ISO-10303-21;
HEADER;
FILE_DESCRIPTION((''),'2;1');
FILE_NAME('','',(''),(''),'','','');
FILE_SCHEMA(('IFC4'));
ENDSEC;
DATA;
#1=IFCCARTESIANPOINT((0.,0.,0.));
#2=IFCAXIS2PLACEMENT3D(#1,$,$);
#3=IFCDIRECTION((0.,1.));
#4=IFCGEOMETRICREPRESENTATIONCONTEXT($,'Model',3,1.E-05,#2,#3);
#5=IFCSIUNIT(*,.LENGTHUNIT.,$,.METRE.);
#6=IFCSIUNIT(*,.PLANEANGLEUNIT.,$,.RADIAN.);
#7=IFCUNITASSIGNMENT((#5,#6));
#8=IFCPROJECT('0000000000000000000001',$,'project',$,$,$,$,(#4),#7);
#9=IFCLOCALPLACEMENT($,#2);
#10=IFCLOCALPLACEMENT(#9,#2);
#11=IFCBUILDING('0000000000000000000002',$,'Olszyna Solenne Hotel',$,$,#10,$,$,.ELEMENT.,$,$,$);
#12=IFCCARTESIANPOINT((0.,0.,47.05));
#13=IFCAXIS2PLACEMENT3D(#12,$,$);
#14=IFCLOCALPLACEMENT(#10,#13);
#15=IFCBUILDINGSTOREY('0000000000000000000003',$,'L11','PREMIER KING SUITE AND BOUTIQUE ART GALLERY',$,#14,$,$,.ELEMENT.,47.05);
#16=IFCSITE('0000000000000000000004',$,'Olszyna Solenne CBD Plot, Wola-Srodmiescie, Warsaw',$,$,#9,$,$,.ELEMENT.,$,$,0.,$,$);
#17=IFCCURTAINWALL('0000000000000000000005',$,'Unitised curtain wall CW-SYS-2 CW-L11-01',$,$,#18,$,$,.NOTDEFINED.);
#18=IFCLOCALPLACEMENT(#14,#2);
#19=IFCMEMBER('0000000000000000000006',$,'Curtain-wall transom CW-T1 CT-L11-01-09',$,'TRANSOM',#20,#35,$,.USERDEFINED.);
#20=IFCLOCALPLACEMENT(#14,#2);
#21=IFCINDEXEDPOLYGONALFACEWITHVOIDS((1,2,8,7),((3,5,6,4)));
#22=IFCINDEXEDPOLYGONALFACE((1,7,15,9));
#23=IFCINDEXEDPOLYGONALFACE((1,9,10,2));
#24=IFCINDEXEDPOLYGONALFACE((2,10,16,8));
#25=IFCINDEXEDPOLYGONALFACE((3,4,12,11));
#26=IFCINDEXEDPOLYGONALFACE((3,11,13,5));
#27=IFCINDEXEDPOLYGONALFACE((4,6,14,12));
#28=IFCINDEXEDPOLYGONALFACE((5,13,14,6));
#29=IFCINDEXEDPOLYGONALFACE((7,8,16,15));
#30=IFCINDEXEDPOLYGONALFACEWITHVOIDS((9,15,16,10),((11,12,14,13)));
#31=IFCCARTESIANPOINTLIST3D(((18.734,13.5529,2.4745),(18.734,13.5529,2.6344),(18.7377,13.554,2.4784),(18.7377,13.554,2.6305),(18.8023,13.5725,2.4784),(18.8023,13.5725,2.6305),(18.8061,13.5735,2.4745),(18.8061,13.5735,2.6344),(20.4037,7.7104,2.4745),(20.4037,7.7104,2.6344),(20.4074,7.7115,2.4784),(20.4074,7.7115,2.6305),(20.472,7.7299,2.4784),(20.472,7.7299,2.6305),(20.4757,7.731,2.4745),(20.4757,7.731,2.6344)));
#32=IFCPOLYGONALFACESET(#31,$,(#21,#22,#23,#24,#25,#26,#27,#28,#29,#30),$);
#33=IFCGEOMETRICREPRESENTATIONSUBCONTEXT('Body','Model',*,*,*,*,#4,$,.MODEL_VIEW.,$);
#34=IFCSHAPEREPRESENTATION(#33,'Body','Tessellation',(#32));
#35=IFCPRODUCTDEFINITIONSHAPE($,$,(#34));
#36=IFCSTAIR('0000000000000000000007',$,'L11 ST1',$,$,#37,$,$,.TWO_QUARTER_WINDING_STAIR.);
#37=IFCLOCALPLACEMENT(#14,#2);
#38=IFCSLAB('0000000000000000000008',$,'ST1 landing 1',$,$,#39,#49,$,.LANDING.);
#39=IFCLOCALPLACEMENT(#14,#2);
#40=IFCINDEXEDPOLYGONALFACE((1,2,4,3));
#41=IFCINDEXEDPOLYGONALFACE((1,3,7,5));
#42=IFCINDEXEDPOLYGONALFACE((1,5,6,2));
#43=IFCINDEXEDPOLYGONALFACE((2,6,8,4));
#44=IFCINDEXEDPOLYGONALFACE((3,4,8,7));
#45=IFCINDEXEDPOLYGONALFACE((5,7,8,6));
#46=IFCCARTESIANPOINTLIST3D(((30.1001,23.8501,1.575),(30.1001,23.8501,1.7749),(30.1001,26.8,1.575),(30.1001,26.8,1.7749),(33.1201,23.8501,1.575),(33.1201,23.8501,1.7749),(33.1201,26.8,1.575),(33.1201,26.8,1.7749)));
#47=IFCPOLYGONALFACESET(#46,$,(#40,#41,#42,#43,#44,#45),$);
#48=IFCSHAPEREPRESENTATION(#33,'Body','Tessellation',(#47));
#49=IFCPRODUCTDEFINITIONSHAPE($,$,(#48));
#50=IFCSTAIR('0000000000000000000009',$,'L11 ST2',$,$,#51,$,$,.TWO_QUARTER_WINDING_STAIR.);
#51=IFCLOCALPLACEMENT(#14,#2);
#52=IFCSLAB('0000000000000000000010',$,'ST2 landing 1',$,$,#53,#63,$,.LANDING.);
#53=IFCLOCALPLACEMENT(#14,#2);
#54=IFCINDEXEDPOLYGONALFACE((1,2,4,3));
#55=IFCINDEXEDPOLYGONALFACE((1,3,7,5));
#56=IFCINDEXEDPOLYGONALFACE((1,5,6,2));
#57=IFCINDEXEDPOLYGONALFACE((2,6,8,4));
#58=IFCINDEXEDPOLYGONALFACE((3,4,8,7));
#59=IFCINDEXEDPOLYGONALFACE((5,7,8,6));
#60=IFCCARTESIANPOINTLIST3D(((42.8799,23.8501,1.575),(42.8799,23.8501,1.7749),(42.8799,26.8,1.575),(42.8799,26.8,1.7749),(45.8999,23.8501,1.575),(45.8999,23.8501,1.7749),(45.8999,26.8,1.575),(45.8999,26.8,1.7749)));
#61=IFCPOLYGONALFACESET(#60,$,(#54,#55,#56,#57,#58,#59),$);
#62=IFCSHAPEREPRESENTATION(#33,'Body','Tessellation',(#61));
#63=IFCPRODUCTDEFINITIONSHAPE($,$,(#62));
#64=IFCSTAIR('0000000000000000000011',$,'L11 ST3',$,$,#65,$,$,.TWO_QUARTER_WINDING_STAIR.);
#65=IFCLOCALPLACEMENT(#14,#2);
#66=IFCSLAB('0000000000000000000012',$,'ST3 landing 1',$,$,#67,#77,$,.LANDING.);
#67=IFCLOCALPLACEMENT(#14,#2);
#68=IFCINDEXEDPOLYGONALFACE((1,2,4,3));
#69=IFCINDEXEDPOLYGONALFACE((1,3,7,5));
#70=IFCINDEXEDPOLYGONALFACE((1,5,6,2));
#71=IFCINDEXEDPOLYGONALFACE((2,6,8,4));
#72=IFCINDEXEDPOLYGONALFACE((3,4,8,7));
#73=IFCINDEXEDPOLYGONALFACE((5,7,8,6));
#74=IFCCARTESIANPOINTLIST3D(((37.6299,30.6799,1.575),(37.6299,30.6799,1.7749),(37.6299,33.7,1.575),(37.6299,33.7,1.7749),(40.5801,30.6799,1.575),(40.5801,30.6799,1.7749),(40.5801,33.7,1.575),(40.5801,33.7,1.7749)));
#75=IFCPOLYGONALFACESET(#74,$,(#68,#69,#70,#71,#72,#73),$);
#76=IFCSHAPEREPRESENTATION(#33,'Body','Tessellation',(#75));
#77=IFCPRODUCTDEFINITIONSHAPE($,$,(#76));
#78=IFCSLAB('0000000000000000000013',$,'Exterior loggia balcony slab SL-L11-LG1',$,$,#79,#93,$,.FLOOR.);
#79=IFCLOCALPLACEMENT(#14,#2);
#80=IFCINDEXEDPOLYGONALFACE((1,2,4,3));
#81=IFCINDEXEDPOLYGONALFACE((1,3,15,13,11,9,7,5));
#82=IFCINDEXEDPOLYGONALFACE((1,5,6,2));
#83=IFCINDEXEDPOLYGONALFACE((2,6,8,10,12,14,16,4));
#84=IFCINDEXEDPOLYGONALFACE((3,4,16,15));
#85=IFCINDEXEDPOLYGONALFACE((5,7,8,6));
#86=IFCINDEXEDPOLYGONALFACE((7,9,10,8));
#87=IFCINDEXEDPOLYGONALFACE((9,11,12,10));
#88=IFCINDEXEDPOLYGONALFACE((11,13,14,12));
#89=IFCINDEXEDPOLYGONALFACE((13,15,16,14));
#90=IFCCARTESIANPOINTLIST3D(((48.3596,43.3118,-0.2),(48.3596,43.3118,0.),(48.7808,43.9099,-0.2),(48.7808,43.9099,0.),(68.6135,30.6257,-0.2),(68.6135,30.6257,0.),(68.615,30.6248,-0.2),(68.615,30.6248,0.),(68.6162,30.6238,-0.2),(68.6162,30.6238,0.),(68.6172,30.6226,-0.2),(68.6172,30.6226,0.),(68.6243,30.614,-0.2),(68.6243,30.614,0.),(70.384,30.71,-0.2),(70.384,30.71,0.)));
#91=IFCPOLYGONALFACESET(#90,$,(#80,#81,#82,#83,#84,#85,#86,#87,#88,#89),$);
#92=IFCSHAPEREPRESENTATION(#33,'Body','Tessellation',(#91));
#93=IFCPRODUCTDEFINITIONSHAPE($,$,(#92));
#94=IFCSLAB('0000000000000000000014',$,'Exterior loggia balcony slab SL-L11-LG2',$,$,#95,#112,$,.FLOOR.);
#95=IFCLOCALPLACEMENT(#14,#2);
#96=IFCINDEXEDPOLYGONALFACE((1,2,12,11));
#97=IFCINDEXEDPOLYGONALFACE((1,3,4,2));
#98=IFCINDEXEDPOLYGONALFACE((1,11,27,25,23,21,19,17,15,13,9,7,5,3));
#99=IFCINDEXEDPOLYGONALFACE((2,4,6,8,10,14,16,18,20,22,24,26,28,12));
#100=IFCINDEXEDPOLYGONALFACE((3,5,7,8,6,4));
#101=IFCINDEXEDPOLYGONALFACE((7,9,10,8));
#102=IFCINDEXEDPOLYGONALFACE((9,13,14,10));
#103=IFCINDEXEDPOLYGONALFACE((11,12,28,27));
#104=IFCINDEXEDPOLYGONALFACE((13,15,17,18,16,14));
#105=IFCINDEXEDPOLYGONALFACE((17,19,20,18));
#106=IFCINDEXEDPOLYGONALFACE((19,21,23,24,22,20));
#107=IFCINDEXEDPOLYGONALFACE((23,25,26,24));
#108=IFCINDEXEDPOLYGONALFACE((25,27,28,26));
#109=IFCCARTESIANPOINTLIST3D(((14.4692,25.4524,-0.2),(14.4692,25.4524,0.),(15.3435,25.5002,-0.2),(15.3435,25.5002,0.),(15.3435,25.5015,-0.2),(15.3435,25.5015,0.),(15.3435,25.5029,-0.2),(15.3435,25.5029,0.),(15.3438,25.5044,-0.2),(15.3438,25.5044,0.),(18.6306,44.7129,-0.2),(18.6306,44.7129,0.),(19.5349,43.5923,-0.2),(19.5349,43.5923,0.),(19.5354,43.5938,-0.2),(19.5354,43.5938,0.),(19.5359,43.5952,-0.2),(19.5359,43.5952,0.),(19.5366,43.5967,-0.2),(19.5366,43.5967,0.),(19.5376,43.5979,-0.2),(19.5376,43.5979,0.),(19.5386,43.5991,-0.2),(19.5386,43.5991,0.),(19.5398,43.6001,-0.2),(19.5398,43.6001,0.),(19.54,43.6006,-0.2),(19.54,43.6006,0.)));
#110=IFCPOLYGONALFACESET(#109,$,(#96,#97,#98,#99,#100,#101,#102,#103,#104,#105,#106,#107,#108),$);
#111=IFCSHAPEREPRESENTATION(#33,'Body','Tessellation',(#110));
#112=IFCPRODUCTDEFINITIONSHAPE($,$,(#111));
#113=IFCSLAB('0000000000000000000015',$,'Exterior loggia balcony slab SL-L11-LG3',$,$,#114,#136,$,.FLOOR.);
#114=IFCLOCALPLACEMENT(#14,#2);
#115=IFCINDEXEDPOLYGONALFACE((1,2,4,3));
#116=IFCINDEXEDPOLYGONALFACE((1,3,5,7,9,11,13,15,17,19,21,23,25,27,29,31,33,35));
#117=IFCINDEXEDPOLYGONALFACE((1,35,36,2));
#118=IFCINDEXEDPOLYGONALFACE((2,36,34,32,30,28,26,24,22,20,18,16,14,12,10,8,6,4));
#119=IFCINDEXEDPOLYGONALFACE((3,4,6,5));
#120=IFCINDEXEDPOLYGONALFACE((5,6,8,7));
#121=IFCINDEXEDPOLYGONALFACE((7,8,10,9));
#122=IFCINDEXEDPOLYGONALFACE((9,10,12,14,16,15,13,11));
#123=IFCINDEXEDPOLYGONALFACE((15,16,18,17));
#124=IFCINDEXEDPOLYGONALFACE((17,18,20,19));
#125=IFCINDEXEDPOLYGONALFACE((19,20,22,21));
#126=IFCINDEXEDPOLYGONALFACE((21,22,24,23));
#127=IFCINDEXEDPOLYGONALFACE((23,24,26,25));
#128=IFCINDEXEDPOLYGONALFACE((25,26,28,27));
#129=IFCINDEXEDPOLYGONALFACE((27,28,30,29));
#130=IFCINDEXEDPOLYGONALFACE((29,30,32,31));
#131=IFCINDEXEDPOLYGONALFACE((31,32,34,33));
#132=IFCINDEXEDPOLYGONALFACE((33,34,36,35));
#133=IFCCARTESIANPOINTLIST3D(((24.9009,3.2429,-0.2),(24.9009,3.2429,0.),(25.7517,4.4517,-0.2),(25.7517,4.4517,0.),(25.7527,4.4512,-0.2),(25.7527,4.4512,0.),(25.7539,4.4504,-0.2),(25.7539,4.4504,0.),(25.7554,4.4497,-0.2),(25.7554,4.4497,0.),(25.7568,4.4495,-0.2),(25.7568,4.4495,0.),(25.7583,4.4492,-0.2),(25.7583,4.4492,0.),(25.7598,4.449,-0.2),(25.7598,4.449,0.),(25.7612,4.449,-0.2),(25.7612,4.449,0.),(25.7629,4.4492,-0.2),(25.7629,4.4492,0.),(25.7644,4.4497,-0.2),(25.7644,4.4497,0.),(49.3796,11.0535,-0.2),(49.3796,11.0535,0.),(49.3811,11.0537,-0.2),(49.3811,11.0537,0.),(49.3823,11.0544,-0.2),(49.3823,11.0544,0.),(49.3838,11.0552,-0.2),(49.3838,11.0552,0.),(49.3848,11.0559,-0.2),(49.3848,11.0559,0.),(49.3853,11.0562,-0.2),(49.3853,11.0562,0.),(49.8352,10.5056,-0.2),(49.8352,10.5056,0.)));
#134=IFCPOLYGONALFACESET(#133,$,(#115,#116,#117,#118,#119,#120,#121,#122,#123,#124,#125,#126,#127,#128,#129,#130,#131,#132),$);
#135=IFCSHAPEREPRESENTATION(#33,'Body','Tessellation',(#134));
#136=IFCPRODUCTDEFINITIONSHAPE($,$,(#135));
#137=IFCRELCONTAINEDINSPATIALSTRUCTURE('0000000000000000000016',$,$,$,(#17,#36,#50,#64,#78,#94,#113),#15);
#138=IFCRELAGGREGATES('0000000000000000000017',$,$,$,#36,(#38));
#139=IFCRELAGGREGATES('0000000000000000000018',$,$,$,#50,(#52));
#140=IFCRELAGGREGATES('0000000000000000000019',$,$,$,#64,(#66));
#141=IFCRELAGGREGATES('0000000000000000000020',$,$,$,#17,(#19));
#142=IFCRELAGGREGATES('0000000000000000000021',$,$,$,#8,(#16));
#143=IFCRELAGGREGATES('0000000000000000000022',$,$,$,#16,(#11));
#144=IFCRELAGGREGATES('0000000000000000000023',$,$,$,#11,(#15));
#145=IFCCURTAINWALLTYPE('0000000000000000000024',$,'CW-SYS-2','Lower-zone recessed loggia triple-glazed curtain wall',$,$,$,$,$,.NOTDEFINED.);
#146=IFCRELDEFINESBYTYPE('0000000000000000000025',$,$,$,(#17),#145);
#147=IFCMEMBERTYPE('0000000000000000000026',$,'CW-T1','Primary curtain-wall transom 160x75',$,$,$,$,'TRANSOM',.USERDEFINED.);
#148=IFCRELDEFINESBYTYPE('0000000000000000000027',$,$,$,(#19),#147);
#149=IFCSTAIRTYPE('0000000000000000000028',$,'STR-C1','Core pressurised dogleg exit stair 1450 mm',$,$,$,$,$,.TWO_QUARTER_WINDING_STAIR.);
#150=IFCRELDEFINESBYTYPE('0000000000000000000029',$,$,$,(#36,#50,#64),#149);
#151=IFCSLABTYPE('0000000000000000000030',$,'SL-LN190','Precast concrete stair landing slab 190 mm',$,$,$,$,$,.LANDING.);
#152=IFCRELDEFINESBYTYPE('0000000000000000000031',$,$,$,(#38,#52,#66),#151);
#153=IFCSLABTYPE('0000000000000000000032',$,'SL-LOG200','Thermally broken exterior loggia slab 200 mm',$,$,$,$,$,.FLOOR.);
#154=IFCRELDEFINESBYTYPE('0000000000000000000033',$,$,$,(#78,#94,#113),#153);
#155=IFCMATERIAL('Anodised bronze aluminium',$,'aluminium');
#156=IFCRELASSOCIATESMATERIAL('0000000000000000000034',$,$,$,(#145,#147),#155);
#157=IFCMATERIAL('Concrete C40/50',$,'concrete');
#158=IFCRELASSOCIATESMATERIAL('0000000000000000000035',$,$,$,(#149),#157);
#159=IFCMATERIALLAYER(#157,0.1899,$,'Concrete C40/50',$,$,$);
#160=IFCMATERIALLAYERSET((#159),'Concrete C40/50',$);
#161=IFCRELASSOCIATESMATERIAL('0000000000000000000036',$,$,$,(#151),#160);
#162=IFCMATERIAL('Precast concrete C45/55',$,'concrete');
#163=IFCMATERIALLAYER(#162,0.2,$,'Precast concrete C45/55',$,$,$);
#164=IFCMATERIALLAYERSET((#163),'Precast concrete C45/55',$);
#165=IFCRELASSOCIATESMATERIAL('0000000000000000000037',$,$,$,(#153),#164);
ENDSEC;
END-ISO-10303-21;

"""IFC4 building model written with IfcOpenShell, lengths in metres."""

from ifc_helpers import new_model, si_unit, direction, frame, origin, origin_2d, place, context, subcontext, project, spatial, polyline, hollow_rectangle, outline, extrude, source, transform, mapped, material, layer, layer_set, material_profile, profile_set, type_object, element, aggregate, save


model = new_model("IFC4")

# Units and contexts
model_context = context("Model", 3, precision=1e-05, world=origin(), true_north=direction((0.0, 1.0)))
body_context = subcontext(model_context, "Body", "Model", "MODEL_VIEW")
ifc_project = project(units=[si_unit("LENGTHUNIT", "METRE"), si_unit("PLANEANGLEUNIT", "RADIAN")], contexts=[model_context])

# Site, building, storey
site_placement = place(None, origin())
site = spatial("IfcSite", under=ifc_project, at=site_placement, Name="Olszyna Solenne CBD Plot, Wola-Srodmiescie, Warsaw", CompositionType="ELEMENT", RefElevation=0.0)
building_placement = place(site_placement, origin())
building = spatial("IfcBuilding", under=site, at=building_placement, Name="Olszyna Solenne Hotel", CompositionType="ELEMENT")
storey_placement = place(building_placement, frame((0.0, 0.0, 47.05)))
storey = spatial("IfcBuildingStorey", under=building, at=storey_placement, Name="L11", Description="PREMIER KING SUITE AND BOUTIQUE ART GALLERY", CompositionType="ELEMENT", Elevation=47.05)

# Curtain wall, member
ifc_material_1 = material(Name="Anodised bronze aluminium", Category="aluminium")
curtain_wall_type = type_object("IfcCurtainWallType", Name="CW-SYS-2", Description="Lower-zone recessed loggia triple-glazed curtain wall", PredefinedType="NOTDEFINED", material=ifc_material_1)
curtain_wall_placement = place(storey_placement, origin())
curtain_wall = element("IfcCurtainWall", 1, at=curtain_wall_placement, inside=storey, type_object=curtain_wall_type, Name="Unitised curtain wall CW-SYS-2 CW-L11-01", PredefinedType="NOTDEFINED")
ifc_material_profile_1 = material_profile(ifc_material_1, hollow_rectangle(XDim=0.075, YDim=0.1599, WallThickness=0.0039, at=origin_2d()), Name="TRAN 160x75x4", Category="load-bearing")
ifc_profile_set_1 = profile_set([ifc_material_profile_1], Name="Anodised bronze aluminium")
member_type_1 = type_object("IfcMemberType", Name="CW-T1", Description="Primary curtain-wall transom 160x75", ElementType="TRANSOM", PredefinedType="USERDEFINED", material=ifc_profile_set_1)
shared_shape_1 = source(origin(), body_context, "Body", "SweptSolid", [
    extrude(hollow_rectangle(XDim=0.075, YDim=0.1599, WallThickness=0.0039, at=origin_2d()), origin(), (0.0, 0.0, 1.0), 6.0764),
])
member_1_placement = place(storey_placement, frame((18.77, 13.5632, 2.5544), z_axis=(0.274779, -0.961507, 0.0), x_axis=(0.961507, 0.274779, 0.0)))
member_1 = element("IfcMember", 2, at=member_1_placement, type_object=member_type_1, Name="Curtain-wall transom CW-T1 CT-L11-01-09", ObjectType="TRANSOM", PredefinedType="USERDEFINED", context=body_context, shape_type="MappedRepresentation", body=[
    mapped(shared_shape_1, transform((0.0, 0.0, 0.0), x_axis=(1.0, 0.0, 0.0), y_axis=(0.0, 1.0, 0.0), z_axis=(0.0, 0.0, 1.0), scale=1.0)),
])

# Stairs, slabs
ifc_material_2 = material(Name="Concrete C40/50", Category="concrete")
stair_type = type_object("IfcStairType", Name="STR-C1", Description="Core pressurised dogleg exit stair 1450 mm", PredefinedType="TWO_QUARTER_WINDING_STAIR", material=ifc_material_2)
stair_1_placement = place(storey_placement, origin())
stair_1 = element("IfcStair", 3, at=stair_1_placement, inside=storey, type_object=stair_type, Name="L11 ST1", PredefinedType="TWO_QUARTER_WINDING_STAIR")
ifc_layer_1 = layer(ifc_material_2, 0.1899, Name="Concrete C40/50")
ifc_layer_set_1 = layer_set([ifc_layer_1], Name="Concrete C40/50")
slab_type_1 = type_object("IfcSlabType", Name="SL-LN190", Description="Precast concrete stair landing slab 190 mm", PredefinedType="LANDING", material=ifc_layer_set_1)
slab_1_placement = place(storey_placement, frame((0.0, 0.0, 1.575)))
slab_1 = element("IfcSlab", 4, at=slab_1_placement, type_object=slab_type_1, Name="ST1 landing 1", PredefinedType="LANDING", context=body_context, shape_type="SweptSolid", body=[
    extrude(outline(polyline([(33.1201, 23.8501), (33.1201, 26.8), (30.1001, 26.8), (30.1001, 23.8501), (33.1201, 23.8501)])), origin(), (0.0, 0.0, 1.0), 0.2),
])
aggregate(stair_1, [slab_1])
stair_2_placement = place(storey_placement, origin())
stair_2 = element("IfcStair", 5, at=stair_2_placement, inside=storey, type_object=stair_type, Name="L11 ST2", PredefinedType="TWO_QUARTER_WINDING_STAIR")
slab_2_placement = place(storey_placement, frame((0.0, 0.0, 1.575)))
slab_2 = element("IfcSlab", 6, at=slab_2_placement, type_object=slab_type_1, Name="ST2 landing 1", PredefinedType="LANDING", context=body_context, shape_type="SweptSolid", body=[
    extrude(outline(polyline([(45.8999, 23.8501), (45.8999, 26.8), (42.8799, 26.8), (42.8799, 23.8501), (45.8999, 23.8501)])), origin(), (0.0, 0.0, 1.0), 0.2),
])
aggregate(stair_2, [slab_2])
stair_3_placement = place(storey_placement, origin())
stair_3 = element("IfcStair", 7, at=stair_3_placement, inside=storey, type_object=stair_type, Name="L11 ST3", PredefinedType="TWO_QUARTER_WINDING_STAIR")
slab_3_placement = place(storey_placement, frame((0.0, 0.0, 1.575)))
slab_3 = element("IfcSlab", 8, at=slab_3_placement, type_object=slab_type_1, Name="ST3 landing 1", PredefinedType="LANDING", context=body_context, shape_type="SweptSolid", body=[
    extrude(outline(polyline([(37.6299, 30.6799), (40.5801, 30.6799), (40.5801, 33.7), (37.6299, 33.7), (37.6299, 30.6799)])), origin(), (0.0, 0.0, 1.0), 0.2),
])
aggregate(stair_3, [slab_3])

# Slabs
ifc_material_3 = material(Name="Precast concrete C45/55", Category="concrete")
ifc_layer_2 = layer(ifc_material_3, 0.2, Name="Precast concrete C45/55")
ifc_layer_set_2 = layer_set([ifc_layer_2], Name="Precast concrete C45/55")
slab_type_2 = type_object("IfcSlabType", Name="SL-LOG200", Description="Thermally broken exterior loggia slab 200 mm", PredefinedType="FLOOR", material=ifc_layer_set_2)
slab_4_placement = place(storey_placement, frame((0.0, 0.0, -0.2)))
element("IfcSlab", 9, at=slab_4_placement, inside=storey, type_object=slab_type_2, Name="Exterior loggia balcony slab SL-L11-LG1", PredefinedType="FLOOR", context=body_context, shape_type="SweptSolid", body=[
    extrude(outline(polyline([(48.3596, 43.3118), (68.6135, 30.6257), (68.615, 30.6248), (68.6162, 30.6238), (68.6172, 30.6226), (68.6243, 30.614), (70.384, 30.71), (48.7808, 43.9099), (48.3596, 43.3118)])), origin(), (0.0, 0.0, 1.0), 0.2),
])
slab_5_placement = place(storey_placement, frame((0.0, 0.0, -0.2)))
element("IfcSlab", 10, at=slab_5_placement, inside=storey, type_object=slab_type_2, Name="Exterior loggia balcony slab SL-L11-LG2", PredefinedType="FLOOR", context=body_context, shape_type="SweptSolid", body=[
    extrude(outline(polyline([(15.3435, 25.5002), (15.3435, 25.5015), (15.3435, 25.5029), (15.3438, 25.5044), (19.5349, 43.5923), (19.5354, 43.5938), (19.5359, 43.5952), (19.5366, 43.5967), (19.5376, 43.5979), (19.5386, 43.5991), (19.5398, 43.6001), (19.54, 43.6006), (18.6306, 44.7129), (14.4692, 25.4524), (15.3435, 25.5002)])), origin(), (0.0, 0.0, 1.0), 0.2),
])
slab_6_placement = place(storey_placement, frame((0.0, 0.0, -0.2)))
element("IfcSlab", 11, at=slab_6_placement, inside=storey, type_object=slab_type_2, Name="Exterior loggia balcony slab SL-L11-LG3", PredefinedType="FLOOR", context=body_context, shape_type="SweptSolid", body=[
    extrude(outline(polyline([(49.3853, 11.0562), (49.3848, 11.0559), (49.3838, 11.0552), (49.3823, 11.0544), (49.3811, 11.0537), (49.3796, 11.0535), (25.7644, 4.4497), (25.7629, 4.4492), (25.7612, 4.449), (25.7598, 4.449), (25.7583, 4.4492), (25.7568, 4.4495), (25.7554, 4.4497), (25.7539, 4.4504), (25.7527, 4.4512), (25.7517, 4.4517), (24.9009, 3.2429), (49.8352, 10.5056), (49.3853, 11.0562)])), origin(), (0.0, 0.0, 1.0), 0.2),
])

aggregate(curtain_wall, [member_1])

save(model, "model.ifc")
